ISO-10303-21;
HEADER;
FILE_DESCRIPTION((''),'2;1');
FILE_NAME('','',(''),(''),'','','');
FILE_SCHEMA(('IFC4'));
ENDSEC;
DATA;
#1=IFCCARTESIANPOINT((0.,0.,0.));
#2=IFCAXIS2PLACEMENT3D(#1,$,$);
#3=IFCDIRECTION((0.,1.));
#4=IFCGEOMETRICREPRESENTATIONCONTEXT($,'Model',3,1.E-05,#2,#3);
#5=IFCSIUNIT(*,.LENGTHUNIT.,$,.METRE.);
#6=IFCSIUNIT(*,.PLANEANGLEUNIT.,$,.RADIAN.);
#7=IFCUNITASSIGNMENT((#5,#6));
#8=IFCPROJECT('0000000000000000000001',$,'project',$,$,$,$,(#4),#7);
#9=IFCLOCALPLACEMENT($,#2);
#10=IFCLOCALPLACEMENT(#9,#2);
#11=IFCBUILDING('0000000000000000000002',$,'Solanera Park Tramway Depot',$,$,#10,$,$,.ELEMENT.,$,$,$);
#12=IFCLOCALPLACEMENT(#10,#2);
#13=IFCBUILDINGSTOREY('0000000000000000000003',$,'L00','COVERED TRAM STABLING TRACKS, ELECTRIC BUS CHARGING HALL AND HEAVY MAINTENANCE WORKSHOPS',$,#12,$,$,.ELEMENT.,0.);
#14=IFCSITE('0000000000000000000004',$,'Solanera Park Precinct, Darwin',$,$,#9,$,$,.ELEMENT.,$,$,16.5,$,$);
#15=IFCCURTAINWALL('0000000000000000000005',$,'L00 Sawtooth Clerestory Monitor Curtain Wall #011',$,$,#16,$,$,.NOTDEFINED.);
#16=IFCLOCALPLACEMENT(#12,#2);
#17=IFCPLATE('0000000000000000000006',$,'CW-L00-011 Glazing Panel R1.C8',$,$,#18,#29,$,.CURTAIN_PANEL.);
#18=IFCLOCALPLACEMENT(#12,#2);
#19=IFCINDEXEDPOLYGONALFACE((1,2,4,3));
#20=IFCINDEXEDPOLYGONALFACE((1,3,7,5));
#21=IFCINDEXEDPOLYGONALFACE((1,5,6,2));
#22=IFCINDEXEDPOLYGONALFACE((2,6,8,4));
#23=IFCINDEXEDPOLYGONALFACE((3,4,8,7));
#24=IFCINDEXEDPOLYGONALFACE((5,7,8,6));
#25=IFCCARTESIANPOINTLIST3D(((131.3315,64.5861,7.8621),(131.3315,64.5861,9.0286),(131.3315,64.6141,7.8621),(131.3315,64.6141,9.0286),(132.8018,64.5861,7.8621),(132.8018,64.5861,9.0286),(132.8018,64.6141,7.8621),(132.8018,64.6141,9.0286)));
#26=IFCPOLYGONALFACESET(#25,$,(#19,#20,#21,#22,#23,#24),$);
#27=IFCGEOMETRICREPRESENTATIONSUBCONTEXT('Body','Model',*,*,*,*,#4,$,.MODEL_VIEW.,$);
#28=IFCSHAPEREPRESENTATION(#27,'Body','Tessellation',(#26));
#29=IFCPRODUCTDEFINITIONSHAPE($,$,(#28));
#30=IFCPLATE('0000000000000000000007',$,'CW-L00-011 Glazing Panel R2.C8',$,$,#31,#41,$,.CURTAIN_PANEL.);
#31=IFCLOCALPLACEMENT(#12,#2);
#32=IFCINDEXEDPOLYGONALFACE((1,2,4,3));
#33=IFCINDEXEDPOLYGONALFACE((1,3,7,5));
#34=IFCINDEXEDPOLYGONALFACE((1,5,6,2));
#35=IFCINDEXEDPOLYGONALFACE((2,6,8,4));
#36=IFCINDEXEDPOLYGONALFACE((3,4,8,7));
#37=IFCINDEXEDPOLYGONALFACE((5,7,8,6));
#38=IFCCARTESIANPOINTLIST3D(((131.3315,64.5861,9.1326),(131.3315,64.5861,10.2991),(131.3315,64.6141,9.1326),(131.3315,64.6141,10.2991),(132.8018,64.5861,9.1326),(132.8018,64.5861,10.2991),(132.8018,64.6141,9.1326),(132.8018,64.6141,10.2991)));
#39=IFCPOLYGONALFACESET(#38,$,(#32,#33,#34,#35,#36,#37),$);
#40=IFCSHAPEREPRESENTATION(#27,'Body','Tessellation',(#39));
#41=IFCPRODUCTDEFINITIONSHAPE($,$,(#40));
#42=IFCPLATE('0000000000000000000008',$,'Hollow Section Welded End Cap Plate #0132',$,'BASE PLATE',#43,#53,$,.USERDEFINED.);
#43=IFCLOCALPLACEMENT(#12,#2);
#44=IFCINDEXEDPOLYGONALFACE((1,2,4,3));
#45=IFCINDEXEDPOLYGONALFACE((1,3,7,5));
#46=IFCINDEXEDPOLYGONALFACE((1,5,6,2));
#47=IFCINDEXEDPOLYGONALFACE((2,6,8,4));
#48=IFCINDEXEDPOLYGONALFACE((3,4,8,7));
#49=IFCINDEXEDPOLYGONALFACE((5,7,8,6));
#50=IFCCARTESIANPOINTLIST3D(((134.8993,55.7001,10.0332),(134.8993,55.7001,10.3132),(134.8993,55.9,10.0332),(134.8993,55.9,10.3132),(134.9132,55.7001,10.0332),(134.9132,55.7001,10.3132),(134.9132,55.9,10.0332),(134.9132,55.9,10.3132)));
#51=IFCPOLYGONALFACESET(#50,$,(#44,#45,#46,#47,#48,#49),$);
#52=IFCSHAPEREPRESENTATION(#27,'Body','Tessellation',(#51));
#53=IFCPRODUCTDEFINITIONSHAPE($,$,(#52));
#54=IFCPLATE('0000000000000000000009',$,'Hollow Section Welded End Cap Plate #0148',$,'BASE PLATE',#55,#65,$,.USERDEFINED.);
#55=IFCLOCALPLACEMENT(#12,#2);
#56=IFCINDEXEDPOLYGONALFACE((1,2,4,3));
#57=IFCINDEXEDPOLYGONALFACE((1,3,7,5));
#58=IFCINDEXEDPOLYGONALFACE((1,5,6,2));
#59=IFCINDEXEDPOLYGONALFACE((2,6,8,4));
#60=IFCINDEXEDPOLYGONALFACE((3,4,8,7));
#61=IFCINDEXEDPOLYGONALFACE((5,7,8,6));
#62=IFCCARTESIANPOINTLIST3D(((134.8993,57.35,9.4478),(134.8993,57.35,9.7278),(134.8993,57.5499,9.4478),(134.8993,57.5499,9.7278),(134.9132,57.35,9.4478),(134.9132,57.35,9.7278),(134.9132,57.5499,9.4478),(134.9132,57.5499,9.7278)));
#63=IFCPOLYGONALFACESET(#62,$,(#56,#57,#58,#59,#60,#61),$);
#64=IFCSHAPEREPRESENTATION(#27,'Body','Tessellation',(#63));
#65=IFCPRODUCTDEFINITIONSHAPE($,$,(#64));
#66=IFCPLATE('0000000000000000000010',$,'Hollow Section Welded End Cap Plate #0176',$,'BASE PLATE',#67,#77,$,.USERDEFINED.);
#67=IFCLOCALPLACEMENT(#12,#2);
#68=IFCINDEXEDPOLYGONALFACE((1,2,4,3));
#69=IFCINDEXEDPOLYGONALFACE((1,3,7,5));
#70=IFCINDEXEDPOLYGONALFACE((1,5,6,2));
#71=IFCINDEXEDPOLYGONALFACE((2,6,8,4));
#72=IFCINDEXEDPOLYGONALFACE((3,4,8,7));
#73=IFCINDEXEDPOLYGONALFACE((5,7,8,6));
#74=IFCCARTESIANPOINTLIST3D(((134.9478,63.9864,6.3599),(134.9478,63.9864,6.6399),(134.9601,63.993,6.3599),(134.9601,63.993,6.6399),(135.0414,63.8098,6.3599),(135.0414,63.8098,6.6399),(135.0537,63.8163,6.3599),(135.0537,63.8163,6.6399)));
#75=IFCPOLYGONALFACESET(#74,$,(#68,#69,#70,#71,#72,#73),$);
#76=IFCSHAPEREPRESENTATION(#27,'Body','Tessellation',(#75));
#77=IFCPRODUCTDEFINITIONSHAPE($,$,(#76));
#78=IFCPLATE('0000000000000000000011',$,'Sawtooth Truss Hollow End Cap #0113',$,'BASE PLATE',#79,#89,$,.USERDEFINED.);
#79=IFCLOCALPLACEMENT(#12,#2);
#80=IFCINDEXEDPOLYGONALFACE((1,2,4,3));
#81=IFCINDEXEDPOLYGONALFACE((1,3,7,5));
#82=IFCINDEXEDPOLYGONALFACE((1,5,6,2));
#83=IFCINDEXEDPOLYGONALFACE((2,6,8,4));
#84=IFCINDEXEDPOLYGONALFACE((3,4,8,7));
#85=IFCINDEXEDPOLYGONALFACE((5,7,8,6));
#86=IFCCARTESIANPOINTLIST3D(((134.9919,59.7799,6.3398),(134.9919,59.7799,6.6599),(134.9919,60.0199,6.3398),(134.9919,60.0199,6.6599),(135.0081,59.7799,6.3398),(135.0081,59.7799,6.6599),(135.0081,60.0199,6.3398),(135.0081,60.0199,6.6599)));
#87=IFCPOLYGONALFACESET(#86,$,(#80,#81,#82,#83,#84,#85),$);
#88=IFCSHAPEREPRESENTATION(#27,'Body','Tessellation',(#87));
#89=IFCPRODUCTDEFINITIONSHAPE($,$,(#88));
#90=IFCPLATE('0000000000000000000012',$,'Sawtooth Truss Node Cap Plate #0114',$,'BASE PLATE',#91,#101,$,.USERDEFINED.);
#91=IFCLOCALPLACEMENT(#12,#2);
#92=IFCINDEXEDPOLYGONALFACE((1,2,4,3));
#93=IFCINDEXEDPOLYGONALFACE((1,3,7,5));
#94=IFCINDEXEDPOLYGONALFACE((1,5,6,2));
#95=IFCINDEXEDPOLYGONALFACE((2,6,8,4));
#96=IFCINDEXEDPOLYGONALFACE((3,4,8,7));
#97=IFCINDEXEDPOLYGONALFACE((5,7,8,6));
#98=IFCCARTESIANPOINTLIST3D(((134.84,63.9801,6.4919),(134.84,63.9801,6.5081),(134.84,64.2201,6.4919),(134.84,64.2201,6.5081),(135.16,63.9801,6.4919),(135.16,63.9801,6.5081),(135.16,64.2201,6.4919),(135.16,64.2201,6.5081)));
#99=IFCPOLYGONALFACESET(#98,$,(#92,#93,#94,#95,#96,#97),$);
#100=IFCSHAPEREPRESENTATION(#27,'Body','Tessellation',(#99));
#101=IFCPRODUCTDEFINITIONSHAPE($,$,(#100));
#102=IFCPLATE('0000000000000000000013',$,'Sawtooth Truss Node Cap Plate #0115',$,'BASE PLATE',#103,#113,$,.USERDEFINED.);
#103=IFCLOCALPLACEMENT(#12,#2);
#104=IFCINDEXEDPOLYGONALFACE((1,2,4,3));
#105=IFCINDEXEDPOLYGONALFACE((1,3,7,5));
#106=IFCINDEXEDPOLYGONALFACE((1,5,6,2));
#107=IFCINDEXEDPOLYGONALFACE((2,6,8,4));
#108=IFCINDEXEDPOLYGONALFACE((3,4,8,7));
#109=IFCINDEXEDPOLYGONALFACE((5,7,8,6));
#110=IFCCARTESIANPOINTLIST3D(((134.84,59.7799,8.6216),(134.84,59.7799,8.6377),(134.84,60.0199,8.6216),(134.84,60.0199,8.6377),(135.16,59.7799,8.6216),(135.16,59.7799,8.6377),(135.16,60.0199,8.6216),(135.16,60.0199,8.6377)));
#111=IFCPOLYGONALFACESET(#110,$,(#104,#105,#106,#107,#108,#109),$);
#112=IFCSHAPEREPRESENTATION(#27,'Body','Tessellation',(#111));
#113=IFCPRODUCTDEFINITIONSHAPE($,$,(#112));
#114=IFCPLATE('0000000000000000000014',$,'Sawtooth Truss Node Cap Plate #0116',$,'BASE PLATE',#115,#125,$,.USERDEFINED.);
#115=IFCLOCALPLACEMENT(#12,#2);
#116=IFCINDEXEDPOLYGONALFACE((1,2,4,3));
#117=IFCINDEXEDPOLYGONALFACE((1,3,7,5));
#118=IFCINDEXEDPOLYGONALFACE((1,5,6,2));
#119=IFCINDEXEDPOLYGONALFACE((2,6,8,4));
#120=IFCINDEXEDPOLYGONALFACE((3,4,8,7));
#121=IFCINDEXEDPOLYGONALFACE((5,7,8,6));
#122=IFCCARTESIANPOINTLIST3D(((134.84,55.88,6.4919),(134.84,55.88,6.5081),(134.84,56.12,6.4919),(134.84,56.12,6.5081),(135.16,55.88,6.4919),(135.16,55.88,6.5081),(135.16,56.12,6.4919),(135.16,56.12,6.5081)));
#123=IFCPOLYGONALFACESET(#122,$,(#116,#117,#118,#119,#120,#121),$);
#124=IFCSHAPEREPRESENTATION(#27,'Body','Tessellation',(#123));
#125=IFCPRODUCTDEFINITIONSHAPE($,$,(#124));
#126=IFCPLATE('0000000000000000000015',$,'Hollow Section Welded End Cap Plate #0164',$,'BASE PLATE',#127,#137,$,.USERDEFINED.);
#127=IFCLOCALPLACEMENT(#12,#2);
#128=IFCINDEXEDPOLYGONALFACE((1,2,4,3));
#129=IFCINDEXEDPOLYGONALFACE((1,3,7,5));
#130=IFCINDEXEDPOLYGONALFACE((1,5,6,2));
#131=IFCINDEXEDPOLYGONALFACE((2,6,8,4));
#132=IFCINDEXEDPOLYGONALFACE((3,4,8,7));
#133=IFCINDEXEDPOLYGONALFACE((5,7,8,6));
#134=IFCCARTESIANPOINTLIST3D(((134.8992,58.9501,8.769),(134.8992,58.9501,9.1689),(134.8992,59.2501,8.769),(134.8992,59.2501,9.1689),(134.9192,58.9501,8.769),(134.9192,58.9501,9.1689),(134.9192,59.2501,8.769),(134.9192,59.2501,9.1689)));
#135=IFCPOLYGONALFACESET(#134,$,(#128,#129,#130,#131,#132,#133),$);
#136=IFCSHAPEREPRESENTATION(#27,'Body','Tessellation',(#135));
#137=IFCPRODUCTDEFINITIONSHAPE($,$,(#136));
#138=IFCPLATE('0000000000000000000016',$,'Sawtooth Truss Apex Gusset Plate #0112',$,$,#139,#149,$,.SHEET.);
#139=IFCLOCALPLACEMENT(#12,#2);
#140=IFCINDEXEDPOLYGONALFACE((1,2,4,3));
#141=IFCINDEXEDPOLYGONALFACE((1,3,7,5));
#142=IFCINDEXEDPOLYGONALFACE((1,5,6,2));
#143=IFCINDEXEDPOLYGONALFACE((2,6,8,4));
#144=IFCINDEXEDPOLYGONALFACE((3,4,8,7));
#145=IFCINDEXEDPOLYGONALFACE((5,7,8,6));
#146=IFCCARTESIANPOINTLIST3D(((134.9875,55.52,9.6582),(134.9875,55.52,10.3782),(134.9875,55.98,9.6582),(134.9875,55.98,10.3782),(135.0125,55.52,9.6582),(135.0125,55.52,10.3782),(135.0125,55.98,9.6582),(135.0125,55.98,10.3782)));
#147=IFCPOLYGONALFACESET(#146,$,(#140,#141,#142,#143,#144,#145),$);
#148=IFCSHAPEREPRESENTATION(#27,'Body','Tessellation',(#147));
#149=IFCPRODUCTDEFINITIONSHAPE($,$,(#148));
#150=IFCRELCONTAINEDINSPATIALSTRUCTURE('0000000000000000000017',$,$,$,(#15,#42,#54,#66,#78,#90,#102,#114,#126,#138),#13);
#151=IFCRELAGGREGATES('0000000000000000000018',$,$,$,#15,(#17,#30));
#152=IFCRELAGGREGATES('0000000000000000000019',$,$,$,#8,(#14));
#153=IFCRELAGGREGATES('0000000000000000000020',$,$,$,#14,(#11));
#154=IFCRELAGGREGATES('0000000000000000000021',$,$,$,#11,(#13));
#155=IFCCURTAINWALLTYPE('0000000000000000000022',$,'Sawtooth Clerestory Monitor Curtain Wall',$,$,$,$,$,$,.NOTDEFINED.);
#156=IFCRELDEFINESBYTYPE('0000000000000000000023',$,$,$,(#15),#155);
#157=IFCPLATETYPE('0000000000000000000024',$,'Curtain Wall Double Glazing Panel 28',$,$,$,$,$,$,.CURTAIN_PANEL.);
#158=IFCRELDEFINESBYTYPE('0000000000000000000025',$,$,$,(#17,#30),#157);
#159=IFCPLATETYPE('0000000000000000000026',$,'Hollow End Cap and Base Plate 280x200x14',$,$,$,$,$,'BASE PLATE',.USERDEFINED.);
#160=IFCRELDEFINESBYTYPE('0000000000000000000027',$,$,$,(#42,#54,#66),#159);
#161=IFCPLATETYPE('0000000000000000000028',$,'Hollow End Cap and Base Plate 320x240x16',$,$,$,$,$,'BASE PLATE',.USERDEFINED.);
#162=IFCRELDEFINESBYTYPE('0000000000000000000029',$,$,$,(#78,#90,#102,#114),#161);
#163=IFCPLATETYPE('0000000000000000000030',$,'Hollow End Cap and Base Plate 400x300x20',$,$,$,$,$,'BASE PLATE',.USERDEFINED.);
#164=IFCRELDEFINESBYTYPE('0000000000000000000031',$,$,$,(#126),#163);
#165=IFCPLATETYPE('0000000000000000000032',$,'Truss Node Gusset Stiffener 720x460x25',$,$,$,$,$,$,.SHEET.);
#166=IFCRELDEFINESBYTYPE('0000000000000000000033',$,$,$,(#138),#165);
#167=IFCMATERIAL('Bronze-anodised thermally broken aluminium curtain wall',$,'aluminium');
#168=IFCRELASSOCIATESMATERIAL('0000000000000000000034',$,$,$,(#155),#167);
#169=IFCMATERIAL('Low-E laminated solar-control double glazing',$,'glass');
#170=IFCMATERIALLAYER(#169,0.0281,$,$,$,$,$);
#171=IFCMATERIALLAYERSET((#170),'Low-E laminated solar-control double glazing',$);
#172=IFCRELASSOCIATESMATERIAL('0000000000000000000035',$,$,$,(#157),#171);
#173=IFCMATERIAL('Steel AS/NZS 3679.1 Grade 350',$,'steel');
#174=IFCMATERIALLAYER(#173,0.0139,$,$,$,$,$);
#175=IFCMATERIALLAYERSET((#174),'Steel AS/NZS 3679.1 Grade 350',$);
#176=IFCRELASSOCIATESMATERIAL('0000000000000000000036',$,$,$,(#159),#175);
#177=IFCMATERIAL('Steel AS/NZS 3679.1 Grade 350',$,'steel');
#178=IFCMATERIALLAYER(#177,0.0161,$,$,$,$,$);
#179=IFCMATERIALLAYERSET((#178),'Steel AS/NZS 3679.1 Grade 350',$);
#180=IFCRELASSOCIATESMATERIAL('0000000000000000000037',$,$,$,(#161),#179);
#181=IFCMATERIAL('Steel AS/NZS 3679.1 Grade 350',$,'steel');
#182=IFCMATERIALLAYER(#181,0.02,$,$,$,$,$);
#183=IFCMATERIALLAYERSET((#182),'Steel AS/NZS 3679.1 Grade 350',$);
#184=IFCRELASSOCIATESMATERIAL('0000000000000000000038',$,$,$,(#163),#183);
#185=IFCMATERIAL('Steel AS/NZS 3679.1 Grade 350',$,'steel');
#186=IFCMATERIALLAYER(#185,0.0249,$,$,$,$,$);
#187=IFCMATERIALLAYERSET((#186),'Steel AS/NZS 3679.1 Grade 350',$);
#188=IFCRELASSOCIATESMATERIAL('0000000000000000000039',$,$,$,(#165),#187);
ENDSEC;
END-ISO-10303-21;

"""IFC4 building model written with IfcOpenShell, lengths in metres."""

from ifc_helpers import new_model, si_unit, direction, frame, origin, origin_2d, place, context, subcontext, project, spatial, rectangle, extrude, material, layer, layer_set, type_object, element, aggregate, save


model = new_model("IFC4")

# Units and contexts
model_context = context("Model", 3, precision=1e-05, world=origin(), true_north=direction((0.0, 1.0)))
body_context = subcontext(model_context, "Body", "Model", "MODEL_VIEW")
ifc_project = project(units=[si_unit("LENGTHUNIT", "METRE"), si_unit("PLANEANGLEUNIT", "RADIAN")], contexts=[model_context])

# Site, building, storey
site_placement = place(None, origin())
site = spatial("IfcSite", under=ifc_project, at=site_placement, Name="Solanera Park Precinct, Darwin", CompositionType="ELEMENT", RefElevation=16.5)
building_placement = place(site_placement, origin())
building = spatial("IfcBuilding", under=site, at=building_placement, Name="Solanera Park Tramway Depot", CompositionType="ELEMENT")
storey_placement = place(building_placement, origin())
storey = spatial("IfcBuildingStorey", under=building, at=storey_placement, Name="L00", Description="COVERED TRAM STABLING TRACKS, ELECTRIC BUS CHARGING HALL AND HEAVY MAINTENANCE WORKSHOPS", CompositionType="ELEMENT", Elevation=0.0)

# Shared definitions
ifc_material_1 = material(Name="Bronze-anodised thermally broken aluminium curtain wall", Category="aluminium")
curtain_wall_type = type_object("IfcCurtainWallType", Name="Sawtooth Clerestory Monitor Curtain Wall", PredefinedType="NOTDEFINED", material=ifc_material_1)

# Curtain wall
curtain_wall_1_placement = place(storey_placement, origin())
curtain_wall_1 = element("IfcCurtainWall", 1, at=curtain_wall_1_placement, inside=storey, type_object=curtain_wall_type, Name="L00 Sawtooth Clerestory Monitor Curtain Wall #011", PredefinedType="NOTDEFINED")

# Plates
ifc_material_2 = material(Name="Low-E laminated solar-control double glazing", Category="glass")
ifc_layer_1 = layer(ifc_material_2, 0.0281)
ifc_layer_set_1 = layer_set([ifc_layer_1], Name="Low-E laminated solar-control double glazing")
plate_type_1 = type_object("IfcPlateType", Name="Curtain Wall Double Glazing Panel 28", PredefinedType="CURTAIN_PANEL", material=ifc_layer_set_1)
plate_1_placement = place(storey_placement, frame((132.0667, 64.6001, 7.8621), z_axis=(0.0, 0.0, 1.0), x_axis=(1.0, 0.0, 0.0)))
plate_1 = element("IfcPlate", 2, at=plate_1_placement, type_object=plate_type_1, Name="CW-L00-011 Glazing Panel R1.C8", PredefinedType="CURTAIN_PANEL", context=body_context, shape_type="SweptSolid", body=[
    extrude(rectangle(XDim=1.4702, YDim=0.0281, at=origin_2d()), origin(), (0.0, 0.0, 1.0), 1.1665),
])
plate_2_placement = place(storey_placement, frame((132.0667, 64.6001, 9.1326), z_axis=(0.0, 0.0, 1.0), x_axis=(1.0, 0.0, 0.0)))
plate_2 = element("IfcPlate", 3, at=plate_2_placement, type_object=plate_type_1, Name="CW-L00-011 Glazing Panel R2.C8", PredefinedType="CURTAIN_PANEL", context=body_context, shape_type="SweptSolid", body=[
    extrude(rectangle(XDim=1.4702, YDim=0.0281, at=origin_2d()), origin(), (0.0, 0.0, 1.0), 1.1665),
])
aggregate(curtain_wall_1, [plate_1, plate_2])

# Plates
ifc_material_3 = material(Name="Steel AS/NZS 3679.1 Grade 350", Category="steel")
ifc_layer_2 = layer(ifc_material_3, 0.0139)
ifc_layer_set_2 = layer_set([ifc_layer_2], Name="Steel AS/NZS 3679.1 Grade 350")
plate_type_2 = type_object("IfcPlateType", Name="Hollow End Cap and Base Plate 280x200x14", ElementType="BASE PLATE", PredefinedType="USERDEFINED", material=ifc_layer_set_2)
for number, where, z_axis, x_axis, name in (
    (4, (134.9062, 55.8, 10.0332), (0.0, 0.0, 1.0), (1.0, 0.0, 0.0), "Hollow Section Welded End Cap Plate #0132"),
    (5, (134.9062, 57.45, 9.4478), (0.0, 0.0, 1.0), (1.0, 0.0, 0.0), "Hollow Section Welded End Cap Plate #0148"),
    (6, (135.0007, 63.9014, 6.3599), (0.0, 0.0, 1.0), (0.883521, 0.468392, 0.0), "Hollow Section Welded End Cap Plate #0176"),
):
    element("IfcPlate", number, at=place(storey_placement, frame(where, z_axis=z_axis, x_axis=x_axis)), inside=storey, type_object=plate_type_2, Name=name, ObjectType="BASE PLATE", PredefinedType="USERDEFINED", context=body_context, shape_type="SweptSolid", body=[
        extrude(rectangle(XDim=0.0139, YDim=0.2, at=origin_2d()), origin(), (0.0, 0.0, 1.0), 0.28),
    ])
ifc_material_4 = material(Name="Steel AS/NZS 3679.1 Grade 350", Category="steel")
ifc_layer_3 = layer(ifc_material_4, 0.0161)
ifc_layer_set_3 = layer_set([ifc_layer_3], Name="Steel AS/NZS 3679.1 Grade 350")
plate_type_3 = type_object("IfcPlateType", Name="Hollow End Cap and Base Plate 320x240x16", ElementType="BASE PLATE", PredefinedType="USERDEFINED", material=ifc_layer_set_3)
plate_3_placement = place(storey_placement, frame((135.0, 59.8999, 6.3398), z_axis=(0.0, 0.0, 1.0), x_axis=(1.0, 0.0, 0.0)))
element("IfcPlate", 7, at=plate_3_placement, inside=storey, type_object=plate_type_3, Name="Sawtooth Truss Hollow End Cap #0113", ObjectType="BASE PLATE", PredefinedType="USERDEFINED", context=body_context, shape_type="SweptSolid", body=[
    extrude(rectangle(XDim=0.0161, YDim=0.24, at=origin_2d()), origin(), (0.0, 0.0, 1.0), 0.3201),
])
for number, where, z_axis, x_axis, name in (
    (8, (135.0, 64.1001, 6.4919), (0.0, 0.0, 1.0), (1.0, 0.0, 0.0), "Sawtooth Truss Node Cap Plate #0114"),
    (9, (135.0, 59.8999, 8.6216), (0.0, 0.0, 1.0), (1.0, 0.0, 0.0), "Sawtooth Truss Node Cap Plate #0115"),
    (10, (135.0, 56.0, 6.4919), (0.0, 0.0, 1.0), (1.0, 0.0, 0.0), "Sawtooth Truss Node Cap Plate #0116"),
):
    element("IfcPlate", number, at=place(storey_placement, frame(where, z_axis=z_axis, x_axis=x_axis)), inside=storey, type_object=plate_type_3, Name=name, ObjectType="BASE PLATE", PredefinedType="USERDEFINED", context=body_context, shape_type="SweptSolid", body=[
        extrude(rectangle(XDim=0.3201, YDim=0.24, at=origin_2d()), origin(), (0.0, 0.0, 1.0), 0.0161),
    ])
ifc_material_5 = material(Name="Steel AS/NZS 3679.1 Grade 350", Category="steel")
ifc_layer_4 = layer(ifc_material_5, 0.02)
ifc_layer_set_4 = layer_set([ifc_layer_4], Name="Steel AS/NZS 3679.1 Grade 350")
plate_type_4 = type_object("IfcPlateType", Name="Hollow End Cap and Base Plate 400x300x20", ElementType="BASE PLATE", PredefinedType="USERDEFINED", material=ifc_layer_set_4)
plate_4_placement = place(storey_placement, frame((134.9092, 59.1001, 8.769), z_axis=(0.0, 0.0, 1.0), x_axis=(1.0, 0.0, 0.0)))
element("IfcPlate", 11, at=plate_4_placement, inside=storey, type_object=plate_type_4, Name="Hollow Section Welded End Cap Plate #0164", ObjectType="BASE PLATE", PredefinedType="USERDEFINED", context=body_context, shape_type="SweptSolid", body=[
    extrude(rectangle(XDim=0.02, YDim=0.3, at=origin_2d()), origin(), (0.0, 0.0, 1.0), 0.3999),
])
ifc_material_6 = material(Name="Steel AS/NZS 3679.1 Grade 350", Category="steel")
ifc_layer_5 = layer(ifc_material_6, 0.0249)
ifc_layer_set_5 = layer_set([ifc_layer_5], Name="Steel AS/NZS 3679.1 Grade 350")
plate_type_5 = type_object("IfcPlateType", Name="Truss Node Gusset Stiffener 720x460x25", PredefinedType="SHEET", material=ifc_layer_set_5)
plate_5_placement = place(storey_placement, frame((135.0, 55.75, 9.6582), z_axis=(0.0, 0.0, 1.0), x_axis=(1.0, 0.0, 0.0)))
element("IfcPlate", 12, at=plate_5_placement, inside=storey, type_object=plate_type_5, Name="Sawtooth Truss Apex Gusset Plate #0112", PredefinedType="SHEET", context=body_context, shape_type="SweptSolid", body=[
    extrude(rectangle(XDim=0.0249, YDim=0.46, at=origin_2d()), origin(), (0.0, 0.0, 1.0), 0.72),
])

save(model, "model.ifc")
